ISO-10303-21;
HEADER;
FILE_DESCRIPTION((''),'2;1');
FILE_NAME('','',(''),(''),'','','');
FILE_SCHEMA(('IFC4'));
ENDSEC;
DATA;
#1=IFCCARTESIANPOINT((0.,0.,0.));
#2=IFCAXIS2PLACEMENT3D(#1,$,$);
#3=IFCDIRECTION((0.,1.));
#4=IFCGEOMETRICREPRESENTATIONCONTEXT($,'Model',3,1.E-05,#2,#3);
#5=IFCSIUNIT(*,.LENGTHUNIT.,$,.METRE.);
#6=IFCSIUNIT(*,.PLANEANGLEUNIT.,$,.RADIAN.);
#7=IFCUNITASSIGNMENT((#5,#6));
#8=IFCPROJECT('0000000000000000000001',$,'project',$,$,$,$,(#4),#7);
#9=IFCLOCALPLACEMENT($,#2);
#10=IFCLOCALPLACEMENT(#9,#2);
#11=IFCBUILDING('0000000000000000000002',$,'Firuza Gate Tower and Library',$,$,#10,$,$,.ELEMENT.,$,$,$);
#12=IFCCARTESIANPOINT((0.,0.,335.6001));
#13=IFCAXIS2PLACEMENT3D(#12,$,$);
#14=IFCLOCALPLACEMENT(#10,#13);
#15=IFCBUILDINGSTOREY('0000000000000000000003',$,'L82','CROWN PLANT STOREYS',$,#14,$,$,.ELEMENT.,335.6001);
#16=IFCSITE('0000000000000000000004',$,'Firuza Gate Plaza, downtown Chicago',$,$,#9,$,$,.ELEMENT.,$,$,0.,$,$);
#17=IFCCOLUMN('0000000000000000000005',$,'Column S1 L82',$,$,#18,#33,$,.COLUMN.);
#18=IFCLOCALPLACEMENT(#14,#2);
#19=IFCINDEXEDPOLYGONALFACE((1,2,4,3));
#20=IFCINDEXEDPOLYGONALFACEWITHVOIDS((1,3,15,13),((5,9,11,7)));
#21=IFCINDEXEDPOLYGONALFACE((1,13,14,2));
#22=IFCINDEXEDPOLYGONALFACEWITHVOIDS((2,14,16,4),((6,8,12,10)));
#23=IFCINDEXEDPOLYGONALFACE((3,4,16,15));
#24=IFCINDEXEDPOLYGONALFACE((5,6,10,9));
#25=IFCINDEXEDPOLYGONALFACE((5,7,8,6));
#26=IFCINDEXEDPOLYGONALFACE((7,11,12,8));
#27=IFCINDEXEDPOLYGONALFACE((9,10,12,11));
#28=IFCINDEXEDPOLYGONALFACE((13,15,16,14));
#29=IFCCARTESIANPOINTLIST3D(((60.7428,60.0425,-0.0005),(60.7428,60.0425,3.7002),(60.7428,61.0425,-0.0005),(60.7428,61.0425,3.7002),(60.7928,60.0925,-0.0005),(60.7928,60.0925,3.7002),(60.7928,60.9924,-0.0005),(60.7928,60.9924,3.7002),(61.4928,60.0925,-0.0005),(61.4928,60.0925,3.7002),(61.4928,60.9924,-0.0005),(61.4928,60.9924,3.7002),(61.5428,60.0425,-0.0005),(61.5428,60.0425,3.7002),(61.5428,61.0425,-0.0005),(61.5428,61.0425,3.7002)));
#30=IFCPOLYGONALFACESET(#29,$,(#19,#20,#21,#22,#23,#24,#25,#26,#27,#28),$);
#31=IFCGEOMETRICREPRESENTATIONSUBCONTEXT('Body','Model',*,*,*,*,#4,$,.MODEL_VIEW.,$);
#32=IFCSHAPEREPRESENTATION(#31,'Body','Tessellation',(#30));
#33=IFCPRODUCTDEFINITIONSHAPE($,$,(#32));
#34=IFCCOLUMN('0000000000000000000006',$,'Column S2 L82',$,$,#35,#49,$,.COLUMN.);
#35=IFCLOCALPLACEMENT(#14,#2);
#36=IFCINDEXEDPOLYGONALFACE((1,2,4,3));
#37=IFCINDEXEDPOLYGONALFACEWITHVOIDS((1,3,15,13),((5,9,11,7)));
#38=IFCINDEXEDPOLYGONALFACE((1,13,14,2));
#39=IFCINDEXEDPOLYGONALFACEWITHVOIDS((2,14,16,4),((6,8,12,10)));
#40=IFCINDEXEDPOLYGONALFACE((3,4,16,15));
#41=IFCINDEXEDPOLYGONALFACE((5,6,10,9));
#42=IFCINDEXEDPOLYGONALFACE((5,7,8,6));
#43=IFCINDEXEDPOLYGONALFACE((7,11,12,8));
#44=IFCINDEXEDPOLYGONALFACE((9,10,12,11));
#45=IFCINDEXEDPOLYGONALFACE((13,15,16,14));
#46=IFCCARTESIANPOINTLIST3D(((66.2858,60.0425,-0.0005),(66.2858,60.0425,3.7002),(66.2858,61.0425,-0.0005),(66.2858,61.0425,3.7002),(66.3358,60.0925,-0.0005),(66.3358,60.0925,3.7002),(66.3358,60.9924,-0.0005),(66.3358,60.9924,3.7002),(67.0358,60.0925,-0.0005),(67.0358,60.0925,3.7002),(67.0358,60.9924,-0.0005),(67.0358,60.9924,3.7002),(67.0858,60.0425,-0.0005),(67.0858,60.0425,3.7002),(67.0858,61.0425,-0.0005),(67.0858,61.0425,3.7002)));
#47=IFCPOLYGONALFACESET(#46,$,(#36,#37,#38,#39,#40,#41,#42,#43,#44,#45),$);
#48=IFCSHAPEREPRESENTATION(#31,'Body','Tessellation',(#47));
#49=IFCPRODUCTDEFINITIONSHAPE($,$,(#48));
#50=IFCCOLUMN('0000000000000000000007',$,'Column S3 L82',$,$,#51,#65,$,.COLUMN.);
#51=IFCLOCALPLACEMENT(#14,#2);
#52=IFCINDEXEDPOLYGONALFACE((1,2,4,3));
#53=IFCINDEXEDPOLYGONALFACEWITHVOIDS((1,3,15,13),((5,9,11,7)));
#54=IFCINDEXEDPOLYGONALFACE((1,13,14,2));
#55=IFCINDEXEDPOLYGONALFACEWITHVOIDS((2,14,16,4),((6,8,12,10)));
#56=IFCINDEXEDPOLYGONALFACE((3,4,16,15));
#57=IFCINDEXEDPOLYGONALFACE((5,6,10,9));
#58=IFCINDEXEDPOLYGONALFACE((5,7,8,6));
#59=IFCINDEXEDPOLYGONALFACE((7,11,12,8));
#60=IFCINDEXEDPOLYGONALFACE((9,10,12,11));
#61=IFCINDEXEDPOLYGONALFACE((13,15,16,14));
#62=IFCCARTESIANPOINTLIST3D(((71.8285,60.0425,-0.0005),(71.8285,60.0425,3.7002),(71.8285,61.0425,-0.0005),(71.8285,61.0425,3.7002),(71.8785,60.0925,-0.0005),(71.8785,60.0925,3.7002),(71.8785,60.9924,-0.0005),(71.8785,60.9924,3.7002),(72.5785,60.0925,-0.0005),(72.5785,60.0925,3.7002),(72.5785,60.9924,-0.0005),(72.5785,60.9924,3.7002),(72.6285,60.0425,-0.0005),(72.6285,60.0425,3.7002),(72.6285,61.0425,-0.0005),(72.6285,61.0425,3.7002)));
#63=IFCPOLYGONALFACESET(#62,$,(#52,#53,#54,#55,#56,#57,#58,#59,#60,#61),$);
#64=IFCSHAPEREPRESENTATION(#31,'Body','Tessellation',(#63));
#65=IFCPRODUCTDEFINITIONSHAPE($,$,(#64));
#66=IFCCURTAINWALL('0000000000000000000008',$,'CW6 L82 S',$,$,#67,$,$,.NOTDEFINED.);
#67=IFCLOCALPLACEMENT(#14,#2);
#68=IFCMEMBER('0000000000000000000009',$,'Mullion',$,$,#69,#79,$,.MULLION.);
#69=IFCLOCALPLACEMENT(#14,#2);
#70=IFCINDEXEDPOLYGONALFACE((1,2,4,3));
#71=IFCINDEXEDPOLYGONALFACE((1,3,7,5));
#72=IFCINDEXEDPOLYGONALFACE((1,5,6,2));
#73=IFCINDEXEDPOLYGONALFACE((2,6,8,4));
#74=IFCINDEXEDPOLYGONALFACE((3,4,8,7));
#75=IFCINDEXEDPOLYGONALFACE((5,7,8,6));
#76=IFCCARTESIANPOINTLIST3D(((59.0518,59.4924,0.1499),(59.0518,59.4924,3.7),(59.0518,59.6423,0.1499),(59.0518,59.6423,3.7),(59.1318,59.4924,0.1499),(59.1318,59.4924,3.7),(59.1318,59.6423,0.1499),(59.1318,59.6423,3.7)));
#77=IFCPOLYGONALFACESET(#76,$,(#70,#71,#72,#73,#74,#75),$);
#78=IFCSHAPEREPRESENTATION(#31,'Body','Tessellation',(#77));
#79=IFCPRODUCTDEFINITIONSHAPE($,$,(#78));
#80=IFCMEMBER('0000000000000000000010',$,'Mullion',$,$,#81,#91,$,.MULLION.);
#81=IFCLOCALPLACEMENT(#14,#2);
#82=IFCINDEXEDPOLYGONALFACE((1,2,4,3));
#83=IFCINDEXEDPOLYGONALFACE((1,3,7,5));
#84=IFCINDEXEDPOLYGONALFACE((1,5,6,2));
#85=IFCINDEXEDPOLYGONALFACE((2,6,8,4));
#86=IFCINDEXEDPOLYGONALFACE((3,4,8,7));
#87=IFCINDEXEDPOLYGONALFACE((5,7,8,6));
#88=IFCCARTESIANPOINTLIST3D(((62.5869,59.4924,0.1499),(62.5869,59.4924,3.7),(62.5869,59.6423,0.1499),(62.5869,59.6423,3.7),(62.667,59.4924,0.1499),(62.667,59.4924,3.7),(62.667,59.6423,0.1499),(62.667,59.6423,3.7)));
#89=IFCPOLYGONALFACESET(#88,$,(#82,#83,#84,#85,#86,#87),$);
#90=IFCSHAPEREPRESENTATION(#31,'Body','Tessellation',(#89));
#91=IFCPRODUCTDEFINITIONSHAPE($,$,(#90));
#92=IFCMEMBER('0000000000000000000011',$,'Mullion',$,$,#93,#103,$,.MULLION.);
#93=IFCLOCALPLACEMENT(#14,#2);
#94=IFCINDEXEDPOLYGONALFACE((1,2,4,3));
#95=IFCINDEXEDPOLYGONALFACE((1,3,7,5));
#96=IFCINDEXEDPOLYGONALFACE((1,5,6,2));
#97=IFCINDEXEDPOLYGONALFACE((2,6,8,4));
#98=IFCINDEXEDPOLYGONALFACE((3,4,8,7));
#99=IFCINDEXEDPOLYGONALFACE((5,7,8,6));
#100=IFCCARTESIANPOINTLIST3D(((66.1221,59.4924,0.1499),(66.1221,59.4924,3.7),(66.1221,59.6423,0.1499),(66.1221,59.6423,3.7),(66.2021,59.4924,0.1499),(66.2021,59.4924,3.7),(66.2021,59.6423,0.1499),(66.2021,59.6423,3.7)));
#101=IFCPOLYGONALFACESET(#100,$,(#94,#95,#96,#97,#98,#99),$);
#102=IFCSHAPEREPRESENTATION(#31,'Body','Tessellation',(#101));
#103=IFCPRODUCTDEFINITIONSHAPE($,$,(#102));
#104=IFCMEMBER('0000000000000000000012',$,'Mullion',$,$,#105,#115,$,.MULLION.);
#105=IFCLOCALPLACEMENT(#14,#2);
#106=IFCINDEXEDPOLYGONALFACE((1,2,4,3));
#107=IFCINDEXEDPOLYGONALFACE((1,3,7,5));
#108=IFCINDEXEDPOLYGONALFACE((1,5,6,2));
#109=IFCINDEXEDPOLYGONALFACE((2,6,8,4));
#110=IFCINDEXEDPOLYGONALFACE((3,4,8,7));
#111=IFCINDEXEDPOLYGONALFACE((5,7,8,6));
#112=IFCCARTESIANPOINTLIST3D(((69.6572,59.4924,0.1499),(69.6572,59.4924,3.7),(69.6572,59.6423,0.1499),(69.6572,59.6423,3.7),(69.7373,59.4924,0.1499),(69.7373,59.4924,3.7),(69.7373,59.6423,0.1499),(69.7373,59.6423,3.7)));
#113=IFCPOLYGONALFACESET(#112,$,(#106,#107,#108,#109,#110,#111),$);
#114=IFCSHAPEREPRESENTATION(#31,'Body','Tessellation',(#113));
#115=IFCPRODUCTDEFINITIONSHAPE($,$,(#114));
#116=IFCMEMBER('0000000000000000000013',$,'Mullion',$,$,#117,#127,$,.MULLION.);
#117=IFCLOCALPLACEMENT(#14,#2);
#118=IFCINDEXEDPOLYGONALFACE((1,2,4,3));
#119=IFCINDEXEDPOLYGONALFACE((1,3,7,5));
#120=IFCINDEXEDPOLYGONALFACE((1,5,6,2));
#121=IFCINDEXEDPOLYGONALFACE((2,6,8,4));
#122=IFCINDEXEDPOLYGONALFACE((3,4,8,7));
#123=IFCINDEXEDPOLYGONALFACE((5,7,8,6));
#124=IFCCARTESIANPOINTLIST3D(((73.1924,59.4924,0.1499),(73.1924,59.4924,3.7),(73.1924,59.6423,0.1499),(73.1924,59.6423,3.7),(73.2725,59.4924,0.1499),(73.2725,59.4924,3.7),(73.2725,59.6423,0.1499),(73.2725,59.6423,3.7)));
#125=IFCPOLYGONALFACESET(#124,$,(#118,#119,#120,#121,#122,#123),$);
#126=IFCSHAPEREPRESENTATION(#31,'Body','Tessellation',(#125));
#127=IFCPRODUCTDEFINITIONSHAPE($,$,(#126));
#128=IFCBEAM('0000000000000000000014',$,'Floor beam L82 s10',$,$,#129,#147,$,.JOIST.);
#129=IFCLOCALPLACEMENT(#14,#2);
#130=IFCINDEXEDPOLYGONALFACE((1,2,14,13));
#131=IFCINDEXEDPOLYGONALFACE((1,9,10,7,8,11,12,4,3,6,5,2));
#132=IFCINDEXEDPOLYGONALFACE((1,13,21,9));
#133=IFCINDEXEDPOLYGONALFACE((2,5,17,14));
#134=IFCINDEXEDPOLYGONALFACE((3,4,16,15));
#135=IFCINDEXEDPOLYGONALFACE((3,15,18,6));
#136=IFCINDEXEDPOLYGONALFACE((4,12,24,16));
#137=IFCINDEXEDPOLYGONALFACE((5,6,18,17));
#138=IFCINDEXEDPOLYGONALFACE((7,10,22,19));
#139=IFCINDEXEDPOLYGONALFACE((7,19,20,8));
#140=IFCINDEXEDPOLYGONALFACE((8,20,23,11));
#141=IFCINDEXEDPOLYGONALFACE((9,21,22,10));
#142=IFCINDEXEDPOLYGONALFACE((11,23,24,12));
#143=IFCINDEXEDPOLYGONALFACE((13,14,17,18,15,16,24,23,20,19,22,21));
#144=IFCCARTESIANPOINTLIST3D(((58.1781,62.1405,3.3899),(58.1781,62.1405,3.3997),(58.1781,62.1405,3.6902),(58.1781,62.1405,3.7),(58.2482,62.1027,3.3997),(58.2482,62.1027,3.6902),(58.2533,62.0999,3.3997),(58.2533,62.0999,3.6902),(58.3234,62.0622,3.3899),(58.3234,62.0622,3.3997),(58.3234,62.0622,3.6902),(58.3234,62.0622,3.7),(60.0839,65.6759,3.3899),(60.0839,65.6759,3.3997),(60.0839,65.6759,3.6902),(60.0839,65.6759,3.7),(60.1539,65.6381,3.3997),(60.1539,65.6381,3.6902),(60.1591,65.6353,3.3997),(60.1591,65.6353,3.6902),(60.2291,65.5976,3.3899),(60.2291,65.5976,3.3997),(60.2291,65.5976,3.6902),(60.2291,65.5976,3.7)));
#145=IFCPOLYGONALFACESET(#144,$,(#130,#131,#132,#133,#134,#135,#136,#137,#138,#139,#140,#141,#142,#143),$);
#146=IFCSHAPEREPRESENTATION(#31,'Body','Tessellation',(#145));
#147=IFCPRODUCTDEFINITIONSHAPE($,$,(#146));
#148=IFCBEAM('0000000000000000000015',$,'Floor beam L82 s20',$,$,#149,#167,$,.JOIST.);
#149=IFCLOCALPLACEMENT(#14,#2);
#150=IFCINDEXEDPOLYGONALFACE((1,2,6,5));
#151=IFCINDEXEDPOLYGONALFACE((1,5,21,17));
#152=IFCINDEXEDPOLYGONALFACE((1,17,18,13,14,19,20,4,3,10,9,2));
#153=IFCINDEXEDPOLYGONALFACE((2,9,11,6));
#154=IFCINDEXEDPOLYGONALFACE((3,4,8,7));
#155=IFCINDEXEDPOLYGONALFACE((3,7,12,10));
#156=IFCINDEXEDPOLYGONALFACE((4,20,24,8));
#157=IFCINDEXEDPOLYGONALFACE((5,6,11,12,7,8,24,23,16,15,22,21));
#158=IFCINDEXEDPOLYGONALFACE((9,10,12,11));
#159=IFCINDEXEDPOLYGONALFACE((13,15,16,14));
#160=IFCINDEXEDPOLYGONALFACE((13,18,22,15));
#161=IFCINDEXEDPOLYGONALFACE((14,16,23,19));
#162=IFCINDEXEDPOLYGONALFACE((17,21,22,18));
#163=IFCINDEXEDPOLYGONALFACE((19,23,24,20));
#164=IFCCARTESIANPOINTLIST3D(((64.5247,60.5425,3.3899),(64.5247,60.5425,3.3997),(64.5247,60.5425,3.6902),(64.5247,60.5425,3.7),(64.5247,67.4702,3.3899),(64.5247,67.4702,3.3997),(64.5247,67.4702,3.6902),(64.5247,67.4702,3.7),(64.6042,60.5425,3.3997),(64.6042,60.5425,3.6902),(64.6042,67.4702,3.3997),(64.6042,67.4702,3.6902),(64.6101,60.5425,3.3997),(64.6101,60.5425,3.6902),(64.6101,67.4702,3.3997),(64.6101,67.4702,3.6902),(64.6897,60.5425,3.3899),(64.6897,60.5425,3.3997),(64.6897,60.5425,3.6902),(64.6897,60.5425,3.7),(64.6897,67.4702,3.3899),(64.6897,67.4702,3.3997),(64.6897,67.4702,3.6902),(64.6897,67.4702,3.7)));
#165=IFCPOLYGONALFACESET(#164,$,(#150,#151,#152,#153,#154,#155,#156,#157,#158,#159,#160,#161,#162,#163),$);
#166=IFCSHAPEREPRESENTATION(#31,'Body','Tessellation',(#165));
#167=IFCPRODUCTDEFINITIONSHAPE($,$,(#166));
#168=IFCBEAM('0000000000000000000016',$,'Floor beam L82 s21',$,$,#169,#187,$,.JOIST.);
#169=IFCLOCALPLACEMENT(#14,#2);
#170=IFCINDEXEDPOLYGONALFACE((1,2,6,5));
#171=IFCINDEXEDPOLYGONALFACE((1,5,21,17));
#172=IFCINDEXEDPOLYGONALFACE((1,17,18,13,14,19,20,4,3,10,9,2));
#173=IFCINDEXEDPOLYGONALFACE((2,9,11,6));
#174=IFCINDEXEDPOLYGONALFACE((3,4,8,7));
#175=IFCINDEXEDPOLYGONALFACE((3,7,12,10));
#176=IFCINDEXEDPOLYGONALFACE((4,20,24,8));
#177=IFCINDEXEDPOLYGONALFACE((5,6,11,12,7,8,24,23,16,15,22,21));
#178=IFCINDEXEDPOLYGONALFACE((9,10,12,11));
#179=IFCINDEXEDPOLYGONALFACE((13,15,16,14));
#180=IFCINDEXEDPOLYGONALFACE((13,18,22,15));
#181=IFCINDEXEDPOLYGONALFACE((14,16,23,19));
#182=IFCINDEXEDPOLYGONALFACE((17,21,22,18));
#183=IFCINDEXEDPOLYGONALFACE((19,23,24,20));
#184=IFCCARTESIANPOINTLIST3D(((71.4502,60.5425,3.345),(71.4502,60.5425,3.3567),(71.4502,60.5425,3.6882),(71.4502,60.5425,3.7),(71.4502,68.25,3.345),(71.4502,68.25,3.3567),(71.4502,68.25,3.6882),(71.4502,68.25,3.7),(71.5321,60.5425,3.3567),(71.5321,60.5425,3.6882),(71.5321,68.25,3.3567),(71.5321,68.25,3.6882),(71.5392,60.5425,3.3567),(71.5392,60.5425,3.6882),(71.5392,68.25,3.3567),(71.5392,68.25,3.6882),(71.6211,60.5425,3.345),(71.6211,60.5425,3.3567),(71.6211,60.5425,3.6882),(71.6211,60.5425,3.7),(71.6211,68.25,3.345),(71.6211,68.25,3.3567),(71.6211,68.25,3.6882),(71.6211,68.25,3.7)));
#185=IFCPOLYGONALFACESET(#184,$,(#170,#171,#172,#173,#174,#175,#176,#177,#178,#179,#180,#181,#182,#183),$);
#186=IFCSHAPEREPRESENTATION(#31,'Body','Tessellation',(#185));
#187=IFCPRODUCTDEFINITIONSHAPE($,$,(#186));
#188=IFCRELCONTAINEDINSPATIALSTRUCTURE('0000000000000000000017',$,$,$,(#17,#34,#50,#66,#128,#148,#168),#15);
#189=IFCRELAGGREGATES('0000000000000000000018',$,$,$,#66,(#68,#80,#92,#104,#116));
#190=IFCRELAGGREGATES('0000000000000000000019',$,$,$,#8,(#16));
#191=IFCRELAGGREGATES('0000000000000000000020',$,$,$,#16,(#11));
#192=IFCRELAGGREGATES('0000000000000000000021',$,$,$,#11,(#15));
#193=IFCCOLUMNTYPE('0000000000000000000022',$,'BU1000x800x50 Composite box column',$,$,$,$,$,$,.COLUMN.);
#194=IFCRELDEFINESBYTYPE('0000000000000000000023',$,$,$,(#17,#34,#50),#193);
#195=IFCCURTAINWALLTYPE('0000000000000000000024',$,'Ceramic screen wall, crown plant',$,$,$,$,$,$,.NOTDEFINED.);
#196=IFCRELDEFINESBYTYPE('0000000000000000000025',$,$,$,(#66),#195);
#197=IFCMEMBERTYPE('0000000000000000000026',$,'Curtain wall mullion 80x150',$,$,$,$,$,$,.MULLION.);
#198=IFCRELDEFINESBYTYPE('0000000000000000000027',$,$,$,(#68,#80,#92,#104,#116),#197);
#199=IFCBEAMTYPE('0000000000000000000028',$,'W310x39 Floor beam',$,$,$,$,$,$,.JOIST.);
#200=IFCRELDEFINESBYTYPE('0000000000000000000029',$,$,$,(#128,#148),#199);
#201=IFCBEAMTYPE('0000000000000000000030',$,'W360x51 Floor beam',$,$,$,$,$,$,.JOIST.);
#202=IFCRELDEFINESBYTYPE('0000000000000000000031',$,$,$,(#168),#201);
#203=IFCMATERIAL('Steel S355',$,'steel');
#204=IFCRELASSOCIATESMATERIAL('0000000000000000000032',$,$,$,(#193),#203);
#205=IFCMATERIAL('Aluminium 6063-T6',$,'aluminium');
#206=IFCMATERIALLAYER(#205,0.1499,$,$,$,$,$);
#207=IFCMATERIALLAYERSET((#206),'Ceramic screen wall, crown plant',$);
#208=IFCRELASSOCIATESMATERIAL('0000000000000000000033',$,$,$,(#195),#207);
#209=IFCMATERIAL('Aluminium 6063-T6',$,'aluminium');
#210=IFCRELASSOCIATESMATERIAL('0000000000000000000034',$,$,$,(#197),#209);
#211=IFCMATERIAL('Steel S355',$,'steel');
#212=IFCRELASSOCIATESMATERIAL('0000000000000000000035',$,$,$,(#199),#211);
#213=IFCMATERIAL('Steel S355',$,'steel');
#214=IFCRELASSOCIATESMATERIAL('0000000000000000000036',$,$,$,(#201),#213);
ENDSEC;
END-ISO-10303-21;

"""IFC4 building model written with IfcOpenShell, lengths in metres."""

from ifc_helpers import new_model, si_unit, direction, frame, origin, origin_2d, place, context, subcontext, project, spatial, rectangle, hollow_rectangle, i_section, extrude, material, layer, layer_set, material_profile, profile_set, type_object, element, aggregate, save


model = new_model("IFC4")

# Units and contexts
model_context = context("Model", 3, precision=1e-05, world=origin(), true_north=direction((0.0, 1.0)))
body_context = subcontext(model_context, "Body", "Model", "MODEL_VIEW")
ifc_project = project(units=[si_unit("LENGTHUNIT", "METRE"), si_unit("PLANEANGLEUNIT", "RADIAN")], contexts=[model_context])

# Site, building, storey
site_placement = place(None, origin())
site = spatial("IfcSite", under=ifc_project, at=site_placement, Name="Firuza Gate Plaza, downtown Chicago", CompositionType="ELEMENT", RefElevation=0.0)
building_placement = place(site_placement, origin())
building = spatial("IfcBuilding", under=site, at=building_placement, Name="Firuza Gate Tower and Library", CompositionType="ELEMENT")
storey_placement = place(building_placement, frame((0.0, 0.0, 335.6001)))
storey = spatial("IfcBuildingStorey", under=building, at=storey_placement, Name="L82", Description="CROWN PLANT STOREYS", CompositionType="ELEMENT", Elevation=335.6001)

# Columns
ifc_material_1 = material(Name="Steel S355", Category="steel")
ifc_material_profile_1 = material_profile(ifc_material_1, hollow_rectangle(XDim=0.8, YDim=1.0, WallThickness=0.05, at=origin_2d()))
ifc_profile_set_1 = profile_set([ifc_material_profile_1], Name="Steel S355")
column_type = type_object("IfcColumnType", Name="BU1000x800x50 Composite box column", PredefinedType="COLUMN", material=ifc_profile_set_1)
for number, where, z_axis, x_axis, name in (
    (1, (61.1428, 60.5425, -0.0005), (0.0, 0.0, 1.0), (1.0, 0.0, 0.0), "Column S1 L82"),
    (2, (66.6858, 60.5425, -0.0005), (0.0, 0.0, 1.0), (1.0, 0.0, 0.0), "Column S2 L82"),
    (3, (72.2285, 60.5425, -0.0005), (0.0, 0.0, 1.0), (1.0, 0.0, 0.0), "Column S3 L82"),
):
    element("IfcColumn", number, at=place(storey_placement, frame(where, z_axis=z_axis, x_axis=x_axis)), inside=storey, type_object=column_type, Name=name, PredefinedType="COLUMN", context=body_context, shape_type="SweptSolid", body=[
        extrude(hollow_rectangle(XDim=0.8, YDim=1.0, WallThickness=0.05, at=origin_2d()), origin(), (0.0, 0.0, 1.0), 3.7007),
    ])

# Curtain wall, members
ifc_material_2 = material(Name="Aluminium 6063-T6", Category="aluminium")
ifc_layer_1 = layer(ifc_material_2, 0.1499)
ifc_layer_set_1 = layer_set([ifc_layer_1], Name="Ceramic screen wall, crown plant")
curtain_wall_type = type_object("IfcCurtainWallType", Name="Ceramic screen wall, crown plant", PredefinedType="NOTDEFINED", material=ifc_layer_set_1)
curtain_wall_placement = place(storey_placement, origin())
curtain_wall = element("IfcCurtainWall", 4, at=curtain_wall_placement, inside=storey, type_object=curtain_wall_type, Name="CW6 L82 S", PredefinedType="NOTDEFINED")
ifc_material_3 = material(Name="Aluminium 6063-T6", Category="aluminium")
ifc_material_profile_2 = material_profile(ifc_material_3, rectangle(XDim=0.1499, YDim=0.0801, at=origin_2d()))
ifc_profile_set_2 = profile_set([ifc_material_profile_2], Name="Aluminium 6063-T6")
member_type = type_object("IfcMemberType", Name="Curtain wall mullion 80x150", PredefinedType="MULLION", material=ifc_profile_set_2)
member_1_placement = place(storey_placement, frame((59.0918, 59.5674, 0.1499), z_axis=(0.0, 0.0, 1.0), x_axis=(0.0, 1.0, 0.0)))
member_1 = element("IfcMember", 5, at=member_1_placement, type_object=member_type, Name="Mullion", PredefinedType="MULLION", context=body_context, shape_type="SweptSolid", body=[
    extrude(rectangle(XDim=0.1499, YDim=0.0801, at=origin_2d()), origin(), (0.0, 0.0, 1.0), 3.55),
])
member_2_placement = place(storey_placement, frame((62.627, 59.5674, 0.1499), z_axis=(0.0, 0.0, 1.0), x_axis=(0.0, 1.0, 0.0)))
member_2 = element("IfcMember", 6, at=member_2_placement, type_object=member_type, Name="Mullion", PredefinedType="MULLION", context=body_context, shape_type="SweptSolid", body=[
    extrude(rectangle(XDim=0.1499, YDim=0.0801, at=origin_2d()), origin(), (0.0, 0.0, 1.0), 3.55),
])
member_3_placement = place(storey_placement, frame((66.1621, 59.5674, 0.1499), z_axis=(0.0, 0.0, 1.0), x_axis=(0.0, 1.0, 0.0)))
member_3 = element("IfcMember", 7, at=member_3_placement, type_object=member_type, Name="Mullion", PredefinedType="MULLION", context=body_context, shape_type="SweptSolid", body=[
    extrude(rectangle(XDim=0.1499, YDim=0.0801, at=origin_2d()), origin(), (0.0, 0.0, 1.0), 3.55),
])
member_4_placement = place(storey_placement, frame((69.6973, 59.5674, 0.1499), z_axis=(0.0, 0.0, 1.0), x_axis=(0.0, 1.0, 0.0)))
member_4 = element("IfcMember", 8, at=member_4_placement, type_object=member_type, Name="Mullion", PredefinedType="MULLION", context=body_context, shape_type="SweptSolid", body=[
    extrude(rectangle(XDim=0.1499, YDim=0.0801, at=origin_2d()), origin(), (0.0, 0.0, 1.0), 3.55),
])
member_5_placement = place(storey_placement, frame((73.2324, 59.5674, 0.1499), z_axis=(0.0, 0.0, 1.0), x_axis=(0.0, 1.0, 0.0)))
member_5 = element("IfcMember", 9, at=member_5_placement, type_object=member_type, Name="Mullion", PredefinedType="MULLION", context=body_context, shape_type="SweptSolid", body=[
    extrude(rectangle(XDim=0.1499, YDim=0.0801, at=origin_2d()), origin(), (0.0, 0.0, 1.0), 3.55),
])

# Beams
ifc_material_4 = material(Name="Steel S355", Category="steel")
ifc_material_profile_3 = material_profile(ifc_material_4, i_section(OverallWidth=0.165, OverallDepth=0.3101, WebThickness=0.0059, FlangeThickness=0.0098, at=origin_2d()))
ifc_profile_set_3 = profile_set([ifc_material_profile_3], Name="Steel S355")
beam_type_1 = type_object("IfcBeamType", Name="W310x39 Floor beam", PredefinedType="JOIST", material=ifc_profile_set_3)
beam_1_placement = place(storey_placement, frame((58.2507, 62.1013, 3.5449), z_axis=(0.474502, 0.880254, 0.0), x_axis=(-0.880254, 0.474502, 0.0)))
element("IfcBeam", 10, at=beam_1_placement, inside=storey, type_object=beam_type_1, Name="Floor beam L82 s10", PredefinedType="JOIST", context=body_context, shape_type="SweptSolid", body=[
    extrude(i_section(OverallWidth=0.165, OverallDepth=0.3101, WebThickness=0.0059, FlangeThickness=0.0098, at=origin_2d()), origin(), (0.0, 0.0, 1.0), 4.0164),
])
beam_2_placement = place(storey_placement, frame((64.6072, 60.5425, 3.5449), z_axis=(0.0, 1.0, 0.0), x_axis=(-1.0, 0.0, 0.0)))
element("IfcBeam", 11, at=beam_2_placement, inside=storey, type_object=beam_type_1, Name="Floor beam L82 s20", PredefinedType="JOIST", context=body_context, shape_type="SweptSolid", body=[
    extrude(i_section(OverallWidth=0.165, OverallDepth=0.3101, WebThickness=0.0059, FlangeThickness=0.0098, at=origin_2d()), origin(), (0.0, 0.0, 1.0), 6.9277),
])
ifc_material_5 = material(Name="Steel S355", Category="steel")
ifc_material_profile_4 = material_profile(ifc_material_5, i_section(OverallWidth=0.1709, OverallDepth=0.355, WebThickness=0.0071, FlangeThickness=0.0117, at=origin_2d()))
ifc_profile_set_4 = profile_set([ifc_material_profile_4], Name="Steel S355")
beam_type_2 = type_object("IfcBeamType", Name="W360x51 Floor beam", PredefinedType="JOIST", material=ifc_profile_set_4)
beam_3_placement = place(storey_placement, frame((71.5356, 60.5425, 3.5225), z_axis=(0.0, 1.0, 0.0), x_axis=(-1.0, 0.0, 0.0)))
element("IfcBeam", 12, at=beam_3_placement, inside=storey, type_object=beam_type_2, Name="Floor beam L82 s21", PredefinedType="JOIST", context=body_context, shape_type="SweptSolid", body=[
    extrude(i_section(OverallWidth=0.1709, OverallDepth=0.355, WebThickness=0.0071, FlangeThickness=0.0117, at=origin_2d()), origin(), (0.0, 0.0, 1.0), 7.7075),
])

aggregate(curtain_wall, [member_1, member_2, member_3, member_4, member_5])

save(model, "model.ifc")
